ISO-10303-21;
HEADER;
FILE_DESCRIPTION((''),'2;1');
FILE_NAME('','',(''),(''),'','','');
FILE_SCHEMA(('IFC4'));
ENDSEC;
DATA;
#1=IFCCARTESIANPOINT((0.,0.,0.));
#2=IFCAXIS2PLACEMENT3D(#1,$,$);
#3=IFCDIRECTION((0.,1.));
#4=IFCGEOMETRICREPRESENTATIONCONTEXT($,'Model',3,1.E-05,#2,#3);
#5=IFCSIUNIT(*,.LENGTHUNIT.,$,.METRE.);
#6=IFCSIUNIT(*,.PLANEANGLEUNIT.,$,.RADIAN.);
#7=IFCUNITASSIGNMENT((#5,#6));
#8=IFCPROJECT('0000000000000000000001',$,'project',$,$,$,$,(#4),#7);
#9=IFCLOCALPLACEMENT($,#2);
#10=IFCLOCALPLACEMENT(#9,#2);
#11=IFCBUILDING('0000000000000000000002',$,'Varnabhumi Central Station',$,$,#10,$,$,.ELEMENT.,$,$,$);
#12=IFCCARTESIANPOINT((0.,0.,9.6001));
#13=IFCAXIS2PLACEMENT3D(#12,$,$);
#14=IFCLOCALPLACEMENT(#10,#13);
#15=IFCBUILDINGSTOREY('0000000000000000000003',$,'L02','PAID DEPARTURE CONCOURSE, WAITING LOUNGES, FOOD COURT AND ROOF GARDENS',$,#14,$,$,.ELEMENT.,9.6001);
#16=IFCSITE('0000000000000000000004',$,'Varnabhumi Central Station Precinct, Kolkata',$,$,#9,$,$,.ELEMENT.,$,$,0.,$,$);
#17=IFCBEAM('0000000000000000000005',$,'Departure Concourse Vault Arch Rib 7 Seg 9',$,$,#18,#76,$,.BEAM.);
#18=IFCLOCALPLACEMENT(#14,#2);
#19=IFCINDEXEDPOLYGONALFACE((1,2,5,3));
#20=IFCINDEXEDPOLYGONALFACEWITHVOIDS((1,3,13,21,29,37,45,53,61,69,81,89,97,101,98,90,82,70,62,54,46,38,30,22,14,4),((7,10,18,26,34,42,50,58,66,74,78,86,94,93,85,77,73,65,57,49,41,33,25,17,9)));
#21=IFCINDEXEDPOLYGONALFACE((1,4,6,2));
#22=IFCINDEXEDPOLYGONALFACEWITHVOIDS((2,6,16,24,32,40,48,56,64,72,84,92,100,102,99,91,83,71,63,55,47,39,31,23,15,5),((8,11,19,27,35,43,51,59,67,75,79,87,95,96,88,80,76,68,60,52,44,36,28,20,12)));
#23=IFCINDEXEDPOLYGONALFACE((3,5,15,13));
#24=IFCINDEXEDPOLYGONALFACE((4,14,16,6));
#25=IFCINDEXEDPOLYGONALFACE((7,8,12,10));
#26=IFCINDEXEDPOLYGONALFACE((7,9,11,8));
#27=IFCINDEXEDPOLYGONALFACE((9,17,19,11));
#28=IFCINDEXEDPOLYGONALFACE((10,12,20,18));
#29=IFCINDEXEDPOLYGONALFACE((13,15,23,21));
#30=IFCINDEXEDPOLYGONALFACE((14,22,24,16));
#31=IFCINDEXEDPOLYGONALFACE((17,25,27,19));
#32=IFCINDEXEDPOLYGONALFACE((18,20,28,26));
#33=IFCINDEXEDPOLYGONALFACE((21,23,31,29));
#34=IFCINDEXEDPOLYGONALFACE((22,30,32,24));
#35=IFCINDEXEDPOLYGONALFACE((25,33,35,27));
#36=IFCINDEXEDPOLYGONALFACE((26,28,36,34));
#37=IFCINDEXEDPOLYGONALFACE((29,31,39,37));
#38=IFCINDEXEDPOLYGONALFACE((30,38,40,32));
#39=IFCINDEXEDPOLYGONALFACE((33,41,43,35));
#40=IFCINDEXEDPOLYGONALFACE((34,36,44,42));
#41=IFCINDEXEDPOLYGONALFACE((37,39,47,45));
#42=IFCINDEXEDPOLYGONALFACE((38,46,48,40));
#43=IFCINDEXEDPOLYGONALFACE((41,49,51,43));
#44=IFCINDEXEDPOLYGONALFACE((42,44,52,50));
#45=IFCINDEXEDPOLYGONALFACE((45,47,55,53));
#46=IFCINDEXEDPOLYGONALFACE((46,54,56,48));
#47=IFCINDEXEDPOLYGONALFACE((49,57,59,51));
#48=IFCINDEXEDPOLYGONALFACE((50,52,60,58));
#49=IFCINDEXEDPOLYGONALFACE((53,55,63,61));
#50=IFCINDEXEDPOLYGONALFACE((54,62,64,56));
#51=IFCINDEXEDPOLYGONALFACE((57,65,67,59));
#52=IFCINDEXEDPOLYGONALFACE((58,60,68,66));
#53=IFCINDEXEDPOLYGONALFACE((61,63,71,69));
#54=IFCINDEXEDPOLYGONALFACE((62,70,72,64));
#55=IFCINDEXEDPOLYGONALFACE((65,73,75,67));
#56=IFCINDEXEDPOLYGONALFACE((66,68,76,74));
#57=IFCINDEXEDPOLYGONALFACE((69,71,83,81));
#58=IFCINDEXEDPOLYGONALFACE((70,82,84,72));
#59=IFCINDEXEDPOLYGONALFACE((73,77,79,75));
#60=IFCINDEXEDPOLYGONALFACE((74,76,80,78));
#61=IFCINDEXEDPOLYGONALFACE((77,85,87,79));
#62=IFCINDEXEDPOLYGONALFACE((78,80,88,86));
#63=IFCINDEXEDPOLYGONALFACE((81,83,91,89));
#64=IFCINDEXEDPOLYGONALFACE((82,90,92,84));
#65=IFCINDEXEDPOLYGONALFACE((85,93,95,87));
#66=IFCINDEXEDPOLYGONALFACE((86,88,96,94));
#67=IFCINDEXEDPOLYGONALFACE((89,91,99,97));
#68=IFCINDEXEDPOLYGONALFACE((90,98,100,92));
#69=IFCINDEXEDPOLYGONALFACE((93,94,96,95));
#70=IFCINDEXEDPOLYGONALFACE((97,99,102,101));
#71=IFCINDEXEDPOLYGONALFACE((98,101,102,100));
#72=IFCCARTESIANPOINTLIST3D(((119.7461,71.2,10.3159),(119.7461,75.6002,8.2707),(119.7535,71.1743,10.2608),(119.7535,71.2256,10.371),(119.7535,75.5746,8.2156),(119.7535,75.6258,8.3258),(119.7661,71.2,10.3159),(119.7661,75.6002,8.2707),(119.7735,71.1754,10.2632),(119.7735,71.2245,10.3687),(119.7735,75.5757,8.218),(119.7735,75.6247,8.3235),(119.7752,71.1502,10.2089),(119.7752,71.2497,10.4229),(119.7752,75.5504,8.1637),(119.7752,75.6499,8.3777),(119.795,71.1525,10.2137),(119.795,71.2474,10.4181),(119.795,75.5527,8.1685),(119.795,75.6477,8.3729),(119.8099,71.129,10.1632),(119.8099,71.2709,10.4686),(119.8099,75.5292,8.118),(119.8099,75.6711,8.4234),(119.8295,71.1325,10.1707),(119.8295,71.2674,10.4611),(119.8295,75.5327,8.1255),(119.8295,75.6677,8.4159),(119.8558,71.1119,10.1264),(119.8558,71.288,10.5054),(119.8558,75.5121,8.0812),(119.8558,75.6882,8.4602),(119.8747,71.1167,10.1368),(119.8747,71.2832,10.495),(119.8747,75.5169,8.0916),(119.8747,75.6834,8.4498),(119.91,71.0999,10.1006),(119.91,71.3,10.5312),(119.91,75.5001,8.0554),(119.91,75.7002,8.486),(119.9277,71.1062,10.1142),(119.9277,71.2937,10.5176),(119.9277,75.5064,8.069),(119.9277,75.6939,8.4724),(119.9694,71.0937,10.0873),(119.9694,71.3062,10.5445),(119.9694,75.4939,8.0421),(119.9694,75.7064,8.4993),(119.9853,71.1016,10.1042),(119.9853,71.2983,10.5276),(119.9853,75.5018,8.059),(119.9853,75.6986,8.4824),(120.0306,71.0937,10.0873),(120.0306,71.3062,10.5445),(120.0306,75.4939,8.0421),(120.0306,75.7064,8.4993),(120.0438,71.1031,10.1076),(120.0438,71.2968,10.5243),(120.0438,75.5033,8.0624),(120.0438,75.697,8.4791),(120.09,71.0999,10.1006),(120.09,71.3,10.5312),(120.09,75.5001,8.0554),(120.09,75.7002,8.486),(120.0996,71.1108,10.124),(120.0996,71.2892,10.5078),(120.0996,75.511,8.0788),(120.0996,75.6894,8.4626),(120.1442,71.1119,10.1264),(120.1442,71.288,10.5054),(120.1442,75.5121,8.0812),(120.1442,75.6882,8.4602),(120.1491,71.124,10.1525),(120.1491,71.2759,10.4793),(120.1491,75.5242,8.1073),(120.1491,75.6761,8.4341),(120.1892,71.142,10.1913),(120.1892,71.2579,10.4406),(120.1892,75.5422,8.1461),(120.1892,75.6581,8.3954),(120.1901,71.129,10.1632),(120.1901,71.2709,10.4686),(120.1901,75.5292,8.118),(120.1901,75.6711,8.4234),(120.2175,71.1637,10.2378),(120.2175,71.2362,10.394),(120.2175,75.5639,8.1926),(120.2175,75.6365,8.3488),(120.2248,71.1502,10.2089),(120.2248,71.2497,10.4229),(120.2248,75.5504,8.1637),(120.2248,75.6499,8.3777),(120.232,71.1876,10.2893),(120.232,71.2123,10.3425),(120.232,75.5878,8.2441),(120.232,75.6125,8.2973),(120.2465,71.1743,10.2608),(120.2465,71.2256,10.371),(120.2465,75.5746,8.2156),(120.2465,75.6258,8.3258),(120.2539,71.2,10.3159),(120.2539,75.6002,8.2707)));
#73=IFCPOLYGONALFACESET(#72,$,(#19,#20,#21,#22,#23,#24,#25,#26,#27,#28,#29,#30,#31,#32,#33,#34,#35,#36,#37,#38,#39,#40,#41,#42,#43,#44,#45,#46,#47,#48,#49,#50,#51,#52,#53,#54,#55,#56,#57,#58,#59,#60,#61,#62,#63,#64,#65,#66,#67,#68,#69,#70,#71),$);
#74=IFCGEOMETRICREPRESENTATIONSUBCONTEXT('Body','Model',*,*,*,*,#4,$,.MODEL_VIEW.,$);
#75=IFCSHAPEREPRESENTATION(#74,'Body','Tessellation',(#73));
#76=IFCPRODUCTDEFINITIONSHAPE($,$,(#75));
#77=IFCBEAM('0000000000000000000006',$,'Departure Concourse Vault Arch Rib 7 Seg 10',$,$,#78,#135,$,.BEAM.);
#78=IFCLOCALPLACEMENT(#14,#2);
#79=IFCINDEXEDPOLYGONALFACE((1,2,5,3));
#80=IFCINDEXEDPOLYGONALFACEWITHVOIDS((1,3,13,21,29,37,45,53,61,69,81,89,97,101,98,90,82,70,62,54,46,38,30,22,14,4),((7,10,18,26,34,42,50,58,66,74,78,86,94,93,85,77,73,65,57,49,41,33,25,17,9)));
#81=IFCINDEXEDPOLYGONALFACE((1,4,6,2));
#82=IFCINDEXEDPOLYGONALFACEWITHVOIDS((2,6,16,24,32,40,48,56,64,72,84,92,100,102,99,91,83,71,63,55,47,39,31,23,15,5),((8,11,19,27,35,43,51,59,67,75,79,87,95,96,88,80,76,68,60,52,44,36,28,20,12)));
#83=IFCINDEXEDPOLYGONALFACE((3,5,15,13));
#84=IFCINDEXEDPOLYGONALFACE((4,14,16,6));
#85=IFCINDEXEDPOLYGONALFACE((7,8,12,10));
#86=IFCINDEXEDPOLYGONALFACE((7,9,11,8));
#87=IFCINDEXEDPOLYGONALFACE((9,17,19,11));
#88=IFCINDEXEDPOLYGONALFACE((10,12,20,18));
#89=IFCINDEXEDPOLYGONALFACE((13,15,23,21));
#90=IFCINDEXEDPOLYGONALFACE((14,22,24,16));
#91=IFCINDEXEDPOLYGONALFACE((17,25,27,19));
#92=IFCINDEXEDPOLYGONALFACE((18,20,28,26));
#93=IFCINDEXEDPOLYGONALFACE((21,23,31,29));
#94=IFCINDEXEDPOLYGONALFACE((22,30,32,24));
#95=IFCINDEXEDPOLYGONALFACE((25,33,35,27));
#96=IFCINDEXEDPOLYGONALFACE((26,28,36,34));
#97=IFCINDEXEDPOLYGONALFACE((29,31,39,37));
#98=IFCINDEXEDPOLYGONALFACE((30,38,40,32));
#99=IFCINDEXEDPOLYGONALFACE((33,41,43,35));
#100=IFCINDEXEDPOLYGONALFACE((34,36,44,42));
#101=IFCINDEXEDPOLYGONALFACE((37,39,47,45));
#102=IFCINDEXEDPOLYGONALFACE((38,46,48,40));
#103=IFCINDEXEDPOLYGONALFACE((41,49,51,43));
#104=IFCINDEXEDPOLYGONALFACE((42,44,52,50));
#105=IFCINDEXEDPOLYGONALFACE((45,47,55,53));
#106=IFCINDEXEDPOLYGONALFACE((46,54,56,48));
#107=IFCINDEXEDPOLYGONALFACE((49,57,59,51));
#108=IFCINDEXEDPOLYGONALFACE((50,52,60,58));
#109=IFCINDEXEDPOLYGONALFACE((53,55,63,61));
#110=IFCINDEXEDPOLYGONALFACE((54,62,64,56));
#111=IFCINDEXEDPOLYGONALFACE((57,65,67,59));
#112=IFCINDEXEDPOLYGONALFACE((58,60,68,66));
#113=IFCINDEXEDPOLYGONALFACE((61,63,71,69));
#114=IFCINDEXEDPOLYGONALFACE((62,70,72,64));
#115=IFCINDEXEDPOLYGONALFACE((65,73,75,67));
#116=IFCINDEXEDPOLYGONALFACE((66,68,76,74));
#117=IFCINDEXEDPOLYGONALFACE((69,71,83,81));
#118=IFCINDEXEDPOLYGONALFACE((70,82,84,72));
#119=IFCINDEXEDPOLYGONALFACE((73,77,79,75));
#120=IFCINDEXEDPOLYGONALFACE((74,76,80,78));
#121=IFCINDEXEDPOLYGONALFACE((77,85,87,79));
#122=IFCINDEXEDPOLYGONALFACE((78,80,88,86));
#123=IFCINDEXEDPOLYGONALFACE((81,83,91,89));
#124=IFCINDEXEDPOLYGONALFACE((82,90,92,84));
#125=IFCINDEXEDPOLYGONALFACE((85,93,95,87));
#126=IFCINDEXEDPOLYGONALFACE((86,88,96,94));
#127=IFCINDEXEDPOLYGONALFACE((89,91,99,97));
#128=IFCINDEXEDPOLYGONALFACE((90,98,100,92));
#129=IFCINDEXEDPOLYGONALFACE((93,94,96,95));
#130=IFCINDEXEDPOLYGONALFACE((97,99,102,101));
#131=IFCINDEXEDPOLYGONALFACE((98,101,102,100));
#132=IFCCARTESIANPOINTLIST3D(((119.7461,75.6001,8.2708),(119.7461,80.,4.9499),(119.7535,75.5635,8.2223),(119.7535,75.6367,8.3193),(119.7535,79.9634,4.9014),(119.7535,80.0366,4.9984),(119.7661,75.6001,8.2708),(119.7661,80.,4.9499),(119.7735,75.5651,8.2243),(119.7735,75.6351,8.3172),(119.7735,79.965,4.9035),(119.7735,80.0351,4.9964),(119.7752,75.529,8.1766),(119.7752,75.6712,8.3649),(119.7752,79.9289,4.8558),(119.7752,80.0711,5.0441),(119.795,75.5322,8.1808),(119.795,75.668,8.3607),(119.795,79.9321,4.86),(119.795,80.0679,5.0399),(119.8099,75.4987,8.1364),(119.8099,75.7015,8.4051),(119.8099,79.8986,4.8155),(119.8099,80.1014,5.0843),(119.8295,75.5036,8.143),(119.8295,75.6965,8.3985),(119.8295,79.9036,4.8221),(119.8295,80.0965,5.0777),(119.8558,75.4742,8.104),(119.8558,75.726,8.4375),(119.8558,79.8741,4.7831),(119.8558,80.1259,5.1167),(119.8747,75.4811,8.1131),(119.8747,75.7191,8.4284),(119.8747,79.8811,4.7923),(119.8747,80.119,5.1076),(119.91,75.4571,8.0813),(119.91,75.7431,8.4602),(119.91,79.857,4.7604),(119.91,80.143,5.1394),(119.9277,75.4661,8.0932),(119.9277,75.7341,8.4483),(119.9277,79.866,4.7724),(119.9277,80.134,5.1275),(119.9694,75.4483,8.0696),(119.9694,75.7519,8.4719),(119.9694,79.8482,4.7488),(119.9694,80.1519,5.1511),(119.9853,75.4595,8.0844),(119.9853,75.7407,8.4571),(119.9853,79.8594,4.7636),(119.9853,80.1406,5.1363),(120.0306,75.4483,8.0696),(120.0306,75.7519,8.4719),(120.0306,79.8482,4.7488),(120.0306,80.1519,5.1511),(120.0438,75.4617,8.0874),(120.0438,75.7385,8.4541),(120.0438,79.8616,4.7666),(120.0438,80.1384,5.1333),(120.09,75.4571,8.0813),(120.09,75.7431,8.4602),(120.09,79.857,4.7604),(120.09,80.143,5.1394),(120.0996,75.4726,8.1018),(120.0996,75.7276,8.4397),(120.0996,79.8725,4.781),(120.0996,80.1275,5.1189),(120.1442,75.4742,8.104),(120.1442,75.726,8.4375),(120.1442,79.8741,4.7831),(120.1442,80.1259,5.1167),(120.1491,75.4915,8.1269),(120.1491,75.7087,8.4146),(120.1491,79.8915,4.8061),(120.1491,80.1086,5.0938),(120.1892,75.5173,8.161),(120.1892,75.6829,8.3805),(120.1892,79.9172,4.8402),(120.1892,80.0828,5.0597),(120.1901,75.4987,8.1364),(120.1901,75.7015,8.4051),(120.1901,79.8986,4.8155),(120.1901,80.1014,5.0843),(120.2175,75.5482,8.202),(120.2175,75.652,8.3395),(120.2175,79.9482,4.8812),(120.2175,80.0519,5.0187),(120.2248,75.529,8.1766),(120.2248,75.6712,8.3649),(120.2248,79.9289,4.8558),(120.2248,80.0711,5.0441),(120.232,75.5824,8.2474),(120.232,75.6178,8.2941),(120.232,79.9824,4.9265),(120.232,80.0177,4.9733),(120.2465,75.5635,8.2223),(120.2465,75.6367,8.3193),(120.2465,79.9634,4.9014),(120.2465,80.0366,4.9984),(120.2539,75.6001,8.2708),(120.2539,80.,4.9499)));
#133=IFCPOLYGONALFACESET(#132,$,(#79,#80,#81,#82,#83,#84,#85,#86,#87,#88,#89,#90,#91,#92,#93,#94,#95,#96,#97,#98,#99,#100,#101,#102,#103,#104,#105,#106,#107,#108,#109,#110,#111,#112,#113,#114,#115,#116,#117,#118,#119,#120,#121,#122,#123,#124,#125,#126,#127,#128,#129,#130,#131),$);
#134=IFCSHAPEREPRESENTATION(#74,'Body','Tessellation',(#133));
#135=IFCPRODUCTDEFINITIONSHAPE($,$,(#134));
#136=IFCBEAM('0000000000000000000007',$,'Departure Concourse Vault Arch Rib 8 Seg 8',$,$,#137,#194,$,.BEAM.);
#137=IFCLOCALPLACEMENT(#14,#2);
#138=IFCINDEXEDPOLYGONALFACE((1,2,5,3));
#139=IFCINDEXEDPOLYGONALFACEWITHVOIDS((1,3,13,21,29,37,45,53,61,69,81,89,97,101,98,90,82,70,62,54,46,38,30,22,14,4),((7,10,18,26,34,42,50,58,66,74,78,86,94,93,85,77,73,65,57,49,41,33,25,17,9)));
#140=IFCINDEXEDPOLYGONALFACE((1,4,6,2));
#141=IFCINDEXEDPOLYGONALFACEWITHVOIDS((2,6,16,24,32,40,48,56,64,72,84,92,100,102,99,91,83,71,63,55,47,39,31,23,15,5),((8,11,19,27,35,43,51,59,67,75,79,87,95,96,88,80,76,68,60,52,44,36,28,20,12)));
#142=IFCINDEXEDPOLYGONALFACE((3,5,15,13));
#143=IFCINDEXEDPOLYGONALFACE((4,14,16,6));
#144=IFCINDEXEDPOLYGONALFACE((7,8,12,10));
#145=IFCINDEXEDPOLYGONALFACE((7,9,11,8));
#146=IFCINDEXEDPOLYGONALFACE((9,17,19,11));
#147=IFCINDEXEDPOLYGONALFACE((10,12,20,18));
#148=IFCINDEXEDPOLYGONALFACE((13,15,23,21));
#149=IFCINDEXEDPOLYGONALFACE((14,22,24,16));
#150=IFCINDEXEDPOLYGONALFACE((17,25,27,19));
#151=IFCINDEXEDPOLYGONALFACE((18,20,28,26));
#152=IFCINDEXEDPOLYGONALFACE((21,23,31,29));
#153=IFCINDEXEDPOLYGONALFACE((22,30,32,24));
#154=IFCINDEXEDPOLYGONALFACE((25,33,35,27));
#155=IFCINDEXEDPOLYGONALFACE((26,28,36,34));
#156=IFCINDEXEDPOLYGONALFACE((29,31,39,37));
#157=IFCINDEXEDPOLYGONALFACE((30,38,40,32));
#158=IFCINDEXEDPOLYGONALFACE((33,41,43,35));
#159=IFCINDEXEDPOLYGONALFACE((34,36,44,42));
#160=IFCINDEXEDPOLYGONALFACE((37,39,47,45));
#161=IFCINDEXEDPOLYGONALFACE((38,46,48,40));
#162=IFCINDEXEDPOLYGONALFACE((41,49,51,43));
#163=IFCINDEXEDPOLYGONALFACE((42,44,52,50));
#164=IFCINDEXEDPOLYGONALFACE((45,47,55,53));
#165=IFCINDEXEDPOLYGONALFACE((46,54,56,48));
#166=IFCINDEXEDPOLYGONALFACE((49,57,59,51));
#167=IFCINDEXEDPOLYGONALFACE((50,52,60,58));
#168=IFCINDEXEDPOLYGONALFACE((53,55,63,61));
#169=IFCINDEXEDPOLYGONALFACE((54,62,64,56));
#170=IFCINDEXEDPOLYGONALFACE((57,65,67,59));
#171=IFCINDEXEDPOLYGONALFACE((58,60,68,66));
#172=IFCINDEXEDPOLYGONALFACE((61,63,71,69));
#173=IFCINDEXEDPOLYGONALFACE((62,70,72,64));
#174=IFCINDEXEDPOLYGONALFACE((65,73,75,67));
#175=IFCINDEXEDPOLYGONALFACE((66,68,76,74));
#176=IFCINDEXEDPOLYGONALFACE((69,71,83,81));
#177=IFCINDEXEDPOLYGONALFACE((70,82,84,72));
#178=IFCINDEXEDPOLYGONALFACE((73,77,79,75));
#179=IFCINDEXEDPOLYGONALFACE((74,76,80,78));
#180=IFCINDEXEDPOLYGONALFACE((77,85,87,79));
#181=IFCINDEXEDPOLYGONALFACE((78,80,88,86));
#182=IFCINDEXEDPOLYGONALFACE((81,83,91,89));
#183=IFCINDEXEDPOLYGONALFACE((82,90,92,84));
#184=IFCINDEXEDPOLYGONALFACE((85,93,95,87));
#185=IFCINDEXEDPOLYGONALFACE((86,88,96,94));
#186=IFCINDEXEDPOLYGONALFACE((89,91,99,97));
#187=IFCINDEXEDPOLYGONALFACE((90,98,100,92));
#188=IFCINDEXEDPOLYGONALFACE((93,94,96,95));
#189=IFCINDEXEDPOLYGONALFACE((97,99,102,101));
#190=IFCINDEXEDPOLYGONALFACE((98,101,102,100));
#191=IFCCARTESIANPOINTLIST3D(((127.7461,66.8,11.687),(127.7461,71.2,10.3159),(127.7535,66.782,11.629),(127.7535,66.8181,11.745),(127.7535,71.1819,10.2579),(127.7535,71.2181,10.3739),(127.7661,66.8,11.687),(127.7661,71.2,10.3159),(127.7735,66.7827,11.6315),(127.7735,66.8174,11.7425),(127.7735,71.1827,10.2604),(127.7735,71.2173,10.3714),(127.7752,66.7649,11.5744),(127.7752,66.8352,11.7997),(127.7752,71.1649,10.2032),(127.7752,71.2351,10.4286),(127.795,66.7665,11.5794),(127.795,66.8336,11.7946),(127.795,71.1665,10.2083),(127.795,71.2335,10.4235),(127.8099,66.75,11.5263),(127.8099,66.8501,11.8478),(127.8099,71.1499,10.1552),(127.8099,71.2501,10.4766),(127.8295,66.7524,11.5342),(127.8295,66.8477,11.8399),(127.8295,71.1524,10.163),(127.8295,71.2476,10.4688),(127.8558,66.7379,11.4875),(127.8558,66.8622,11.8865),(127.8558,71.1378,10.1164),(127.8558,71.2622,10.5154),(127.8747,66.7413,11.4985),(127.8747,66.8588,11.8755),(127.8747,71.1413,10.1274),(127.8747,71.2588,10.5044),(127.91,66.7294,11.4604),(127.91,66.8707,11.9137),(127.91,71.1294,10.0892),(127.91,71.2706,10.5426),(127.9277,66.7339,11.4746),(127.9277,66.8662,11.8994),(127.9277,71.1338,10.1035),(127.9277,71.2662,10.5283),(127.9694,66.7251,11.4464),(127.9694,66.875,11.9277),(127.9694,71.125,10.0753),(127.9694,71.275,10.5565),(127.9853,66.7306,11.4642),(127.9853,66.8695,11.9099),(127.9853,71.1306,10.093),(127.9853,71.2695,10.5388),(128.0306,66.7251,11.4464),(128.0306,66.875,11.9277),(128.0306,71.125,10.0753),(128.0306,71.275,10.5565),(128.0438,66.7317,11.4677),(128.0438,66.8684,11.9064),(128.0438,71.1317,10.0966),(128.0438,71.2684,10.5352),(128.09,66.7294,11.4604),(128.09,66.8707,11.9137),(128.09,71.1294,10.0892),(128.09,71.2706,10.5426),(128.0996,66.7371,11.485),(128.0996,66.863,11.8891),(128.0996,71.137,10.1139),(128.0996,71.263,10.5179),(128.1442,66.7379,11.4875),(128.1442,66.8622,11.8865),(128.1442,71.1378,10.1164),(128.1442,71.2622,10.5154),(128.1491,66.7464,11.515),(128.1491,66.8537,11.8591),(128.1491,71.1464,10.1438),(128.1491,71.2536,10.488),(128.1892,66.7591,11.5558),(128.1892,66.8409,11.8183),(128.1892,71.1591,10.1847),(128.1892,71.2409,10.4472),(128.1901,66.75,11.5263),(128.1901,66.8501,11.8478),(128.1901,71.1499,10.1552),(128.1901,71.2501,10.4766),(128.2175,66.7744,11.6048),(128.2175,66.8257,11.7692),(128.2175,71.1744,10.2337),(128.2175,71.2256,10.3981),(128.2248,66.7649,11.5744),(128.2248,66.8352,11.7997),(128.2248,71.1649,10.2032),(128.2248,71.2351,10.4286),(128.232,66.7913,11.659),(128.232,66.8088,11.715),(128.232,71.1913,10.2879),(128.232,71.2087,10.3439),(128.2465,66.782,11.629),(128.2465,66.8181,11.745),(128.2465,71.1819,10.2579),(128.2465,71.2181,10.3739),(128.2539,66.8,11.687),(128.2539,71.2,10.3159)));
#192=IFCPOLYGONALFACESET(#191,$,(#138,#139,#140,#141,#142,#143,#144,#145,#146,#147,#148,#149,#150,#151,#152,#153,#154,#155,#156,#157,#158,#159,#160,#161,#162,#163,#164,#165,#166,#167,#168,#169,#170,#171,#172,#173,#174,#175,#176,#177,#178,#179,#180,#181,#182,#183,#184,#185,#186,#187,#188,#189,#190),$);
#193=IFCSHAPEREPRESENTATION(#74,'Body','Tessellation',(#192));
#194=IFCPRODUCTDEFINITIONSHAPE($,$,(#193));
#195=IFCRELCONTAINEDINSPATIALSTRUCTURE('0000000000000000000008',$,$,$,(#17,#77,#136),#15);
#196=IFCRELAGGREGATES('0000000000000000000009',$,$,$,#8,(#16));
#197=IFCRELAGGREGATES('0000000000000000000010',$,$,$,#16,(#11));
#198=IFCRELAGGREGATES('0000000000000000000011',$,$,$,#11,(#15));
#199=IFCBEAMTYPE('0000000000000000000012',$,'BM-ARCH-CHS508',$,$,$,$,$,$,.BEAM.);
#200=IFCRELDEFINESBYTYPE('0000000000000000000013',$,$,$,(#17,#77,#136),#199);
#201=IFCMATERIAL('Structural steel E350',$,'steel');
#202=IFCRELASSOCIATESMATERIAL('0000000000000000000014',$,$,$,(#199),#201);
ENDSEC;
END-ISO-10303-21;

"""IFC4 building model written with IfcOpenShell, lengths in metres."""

from ifc_helpers import new_model, si_unit, direction, frame, origin, origin_2d, place, context, subcontext, project, spatial, hollow_circle, extrude, material, material_profile, profile_set, type_object, element, save


model = new_model("IFC4")

# Units and contexts
model_context = context("Model", 3, precision=1e-05, world=origin(), true_north=direction((0.0, 1.0)))
body_context = subcontext(model_context, "Body", "Model", "MODEL_VIEW")
ifc_project = project(units=[si_unit("LENGTHUNIT", "METRE"), si_unit("PLANEANGLEUNIT", "RADIAN")], contexts=[model_context])

# Site, building, storey
site_placement = place(None, origin())
site = spatial("IfcSite", under=ifc_project, at=site_placement, Name="Varnabhumi Central Station Precinct, Kolkata", CompositionType="ELEMENT", RefElevation=0.0)
building_placement = place(site_placement, origin())
building = spatial("IfcBuilding", under=site, at=building_placement, Name="Varnabhumi Central Station", CompositionType="ELEMENT")
storey_placement = place(building_placement, frame((0.0, 0.0, 9.6001)))
storey = spatial("IfcBuildingStorey", under=building, at=storey_placement, Name="L02", Description="PAID DEPARTURE CONCOURSE, WAITING LOUNGES, FOOD COURT AND ROOF GARDENS", CompositionType="ELEMENT", Elevation=9.6001)

# Beams
ifc_material_1 = material(Name="Structural steel E350", Category="steel")
ifc_material_profile_1 = material_profile(ifc_material_1, hollow_circle(Radius=0.2539, WallThickness=0.02, at=origin_2d()), Name="Structural steel E350", Category="steel")
ifc_profile_set_1 = profile_set([ifc_material_profile_1], Name="Structural steel E350")
beam_type_1 = type_object("IfcBeamType", Name="BM-ARCH-CHS508", PredefinedType="BEAM", material=ifc_profile_set_1)
beam_1_placement = place(storey_placement, frame((120.0, 71.2, 10.3159), z_axis=(0.0, 0.906832, -0.421491), x_axis=(-1.0, 0.0, 0.0)))
element("IfcBeam", 1, at=beam_1_placement, inside=storey, type_object=beam_type_1, Name="Departure Concourse Vault Arch Rib 7 Seg 9", PredefinedType="BEAM", context=body_context, shape_type="SweptSolid", body=[
    extrude(hollow_circle(Radius=0.2539, WallThickness=0.02, at=origin_2d()), origin(), (0.0, 0.0, 1.0), 4.8523),
])
beam_2_placement = place(storey_placement, frame((120.0, 75.6001, 8.2708), z_axis=(0.0, 0.798179, -0.602421), x_axis=(-1.0, 0.0, 0.0)))
element("IfcBeam", 2, at=beam_2_placement, inside=storey, type_object=beam_type_1, Name="Departure Concourse Vault Arch Rib 7 Seg 10", PredefinedType="BEAM", context=body_context, shape_type="SweptSolid", body=[
    extrude(hollow_circle(Radius=0.2539, WallThickness=0.02, at=origin_2d()), origin(), (0.0, 0.0, 1.0), 5.5125),
])
beam_3_placement = place(storey_placement, frame((128.0, 66.8, 11.687), z_axis=(0.0, 0.954719, -0.297509), x_axis=(-1.0, 0.0, 0.0)))
element("IfcBeam", 3, at=beam_3_placement, inside=storey, type_object=beam_type_1, Name="Departure Concourse Vault Arch Rib 8 Seg 8", PredefinedType="BEAM", context=body_context, shape_type="SweptSolid", body=[
    extrude(hollow_circle(Radius=0.2539, WallThickness=0.02, at=origin_2d()), origin(), (0.0, 0.0, 1.0), 4.6086),
])

save(model, "model.ifc")
